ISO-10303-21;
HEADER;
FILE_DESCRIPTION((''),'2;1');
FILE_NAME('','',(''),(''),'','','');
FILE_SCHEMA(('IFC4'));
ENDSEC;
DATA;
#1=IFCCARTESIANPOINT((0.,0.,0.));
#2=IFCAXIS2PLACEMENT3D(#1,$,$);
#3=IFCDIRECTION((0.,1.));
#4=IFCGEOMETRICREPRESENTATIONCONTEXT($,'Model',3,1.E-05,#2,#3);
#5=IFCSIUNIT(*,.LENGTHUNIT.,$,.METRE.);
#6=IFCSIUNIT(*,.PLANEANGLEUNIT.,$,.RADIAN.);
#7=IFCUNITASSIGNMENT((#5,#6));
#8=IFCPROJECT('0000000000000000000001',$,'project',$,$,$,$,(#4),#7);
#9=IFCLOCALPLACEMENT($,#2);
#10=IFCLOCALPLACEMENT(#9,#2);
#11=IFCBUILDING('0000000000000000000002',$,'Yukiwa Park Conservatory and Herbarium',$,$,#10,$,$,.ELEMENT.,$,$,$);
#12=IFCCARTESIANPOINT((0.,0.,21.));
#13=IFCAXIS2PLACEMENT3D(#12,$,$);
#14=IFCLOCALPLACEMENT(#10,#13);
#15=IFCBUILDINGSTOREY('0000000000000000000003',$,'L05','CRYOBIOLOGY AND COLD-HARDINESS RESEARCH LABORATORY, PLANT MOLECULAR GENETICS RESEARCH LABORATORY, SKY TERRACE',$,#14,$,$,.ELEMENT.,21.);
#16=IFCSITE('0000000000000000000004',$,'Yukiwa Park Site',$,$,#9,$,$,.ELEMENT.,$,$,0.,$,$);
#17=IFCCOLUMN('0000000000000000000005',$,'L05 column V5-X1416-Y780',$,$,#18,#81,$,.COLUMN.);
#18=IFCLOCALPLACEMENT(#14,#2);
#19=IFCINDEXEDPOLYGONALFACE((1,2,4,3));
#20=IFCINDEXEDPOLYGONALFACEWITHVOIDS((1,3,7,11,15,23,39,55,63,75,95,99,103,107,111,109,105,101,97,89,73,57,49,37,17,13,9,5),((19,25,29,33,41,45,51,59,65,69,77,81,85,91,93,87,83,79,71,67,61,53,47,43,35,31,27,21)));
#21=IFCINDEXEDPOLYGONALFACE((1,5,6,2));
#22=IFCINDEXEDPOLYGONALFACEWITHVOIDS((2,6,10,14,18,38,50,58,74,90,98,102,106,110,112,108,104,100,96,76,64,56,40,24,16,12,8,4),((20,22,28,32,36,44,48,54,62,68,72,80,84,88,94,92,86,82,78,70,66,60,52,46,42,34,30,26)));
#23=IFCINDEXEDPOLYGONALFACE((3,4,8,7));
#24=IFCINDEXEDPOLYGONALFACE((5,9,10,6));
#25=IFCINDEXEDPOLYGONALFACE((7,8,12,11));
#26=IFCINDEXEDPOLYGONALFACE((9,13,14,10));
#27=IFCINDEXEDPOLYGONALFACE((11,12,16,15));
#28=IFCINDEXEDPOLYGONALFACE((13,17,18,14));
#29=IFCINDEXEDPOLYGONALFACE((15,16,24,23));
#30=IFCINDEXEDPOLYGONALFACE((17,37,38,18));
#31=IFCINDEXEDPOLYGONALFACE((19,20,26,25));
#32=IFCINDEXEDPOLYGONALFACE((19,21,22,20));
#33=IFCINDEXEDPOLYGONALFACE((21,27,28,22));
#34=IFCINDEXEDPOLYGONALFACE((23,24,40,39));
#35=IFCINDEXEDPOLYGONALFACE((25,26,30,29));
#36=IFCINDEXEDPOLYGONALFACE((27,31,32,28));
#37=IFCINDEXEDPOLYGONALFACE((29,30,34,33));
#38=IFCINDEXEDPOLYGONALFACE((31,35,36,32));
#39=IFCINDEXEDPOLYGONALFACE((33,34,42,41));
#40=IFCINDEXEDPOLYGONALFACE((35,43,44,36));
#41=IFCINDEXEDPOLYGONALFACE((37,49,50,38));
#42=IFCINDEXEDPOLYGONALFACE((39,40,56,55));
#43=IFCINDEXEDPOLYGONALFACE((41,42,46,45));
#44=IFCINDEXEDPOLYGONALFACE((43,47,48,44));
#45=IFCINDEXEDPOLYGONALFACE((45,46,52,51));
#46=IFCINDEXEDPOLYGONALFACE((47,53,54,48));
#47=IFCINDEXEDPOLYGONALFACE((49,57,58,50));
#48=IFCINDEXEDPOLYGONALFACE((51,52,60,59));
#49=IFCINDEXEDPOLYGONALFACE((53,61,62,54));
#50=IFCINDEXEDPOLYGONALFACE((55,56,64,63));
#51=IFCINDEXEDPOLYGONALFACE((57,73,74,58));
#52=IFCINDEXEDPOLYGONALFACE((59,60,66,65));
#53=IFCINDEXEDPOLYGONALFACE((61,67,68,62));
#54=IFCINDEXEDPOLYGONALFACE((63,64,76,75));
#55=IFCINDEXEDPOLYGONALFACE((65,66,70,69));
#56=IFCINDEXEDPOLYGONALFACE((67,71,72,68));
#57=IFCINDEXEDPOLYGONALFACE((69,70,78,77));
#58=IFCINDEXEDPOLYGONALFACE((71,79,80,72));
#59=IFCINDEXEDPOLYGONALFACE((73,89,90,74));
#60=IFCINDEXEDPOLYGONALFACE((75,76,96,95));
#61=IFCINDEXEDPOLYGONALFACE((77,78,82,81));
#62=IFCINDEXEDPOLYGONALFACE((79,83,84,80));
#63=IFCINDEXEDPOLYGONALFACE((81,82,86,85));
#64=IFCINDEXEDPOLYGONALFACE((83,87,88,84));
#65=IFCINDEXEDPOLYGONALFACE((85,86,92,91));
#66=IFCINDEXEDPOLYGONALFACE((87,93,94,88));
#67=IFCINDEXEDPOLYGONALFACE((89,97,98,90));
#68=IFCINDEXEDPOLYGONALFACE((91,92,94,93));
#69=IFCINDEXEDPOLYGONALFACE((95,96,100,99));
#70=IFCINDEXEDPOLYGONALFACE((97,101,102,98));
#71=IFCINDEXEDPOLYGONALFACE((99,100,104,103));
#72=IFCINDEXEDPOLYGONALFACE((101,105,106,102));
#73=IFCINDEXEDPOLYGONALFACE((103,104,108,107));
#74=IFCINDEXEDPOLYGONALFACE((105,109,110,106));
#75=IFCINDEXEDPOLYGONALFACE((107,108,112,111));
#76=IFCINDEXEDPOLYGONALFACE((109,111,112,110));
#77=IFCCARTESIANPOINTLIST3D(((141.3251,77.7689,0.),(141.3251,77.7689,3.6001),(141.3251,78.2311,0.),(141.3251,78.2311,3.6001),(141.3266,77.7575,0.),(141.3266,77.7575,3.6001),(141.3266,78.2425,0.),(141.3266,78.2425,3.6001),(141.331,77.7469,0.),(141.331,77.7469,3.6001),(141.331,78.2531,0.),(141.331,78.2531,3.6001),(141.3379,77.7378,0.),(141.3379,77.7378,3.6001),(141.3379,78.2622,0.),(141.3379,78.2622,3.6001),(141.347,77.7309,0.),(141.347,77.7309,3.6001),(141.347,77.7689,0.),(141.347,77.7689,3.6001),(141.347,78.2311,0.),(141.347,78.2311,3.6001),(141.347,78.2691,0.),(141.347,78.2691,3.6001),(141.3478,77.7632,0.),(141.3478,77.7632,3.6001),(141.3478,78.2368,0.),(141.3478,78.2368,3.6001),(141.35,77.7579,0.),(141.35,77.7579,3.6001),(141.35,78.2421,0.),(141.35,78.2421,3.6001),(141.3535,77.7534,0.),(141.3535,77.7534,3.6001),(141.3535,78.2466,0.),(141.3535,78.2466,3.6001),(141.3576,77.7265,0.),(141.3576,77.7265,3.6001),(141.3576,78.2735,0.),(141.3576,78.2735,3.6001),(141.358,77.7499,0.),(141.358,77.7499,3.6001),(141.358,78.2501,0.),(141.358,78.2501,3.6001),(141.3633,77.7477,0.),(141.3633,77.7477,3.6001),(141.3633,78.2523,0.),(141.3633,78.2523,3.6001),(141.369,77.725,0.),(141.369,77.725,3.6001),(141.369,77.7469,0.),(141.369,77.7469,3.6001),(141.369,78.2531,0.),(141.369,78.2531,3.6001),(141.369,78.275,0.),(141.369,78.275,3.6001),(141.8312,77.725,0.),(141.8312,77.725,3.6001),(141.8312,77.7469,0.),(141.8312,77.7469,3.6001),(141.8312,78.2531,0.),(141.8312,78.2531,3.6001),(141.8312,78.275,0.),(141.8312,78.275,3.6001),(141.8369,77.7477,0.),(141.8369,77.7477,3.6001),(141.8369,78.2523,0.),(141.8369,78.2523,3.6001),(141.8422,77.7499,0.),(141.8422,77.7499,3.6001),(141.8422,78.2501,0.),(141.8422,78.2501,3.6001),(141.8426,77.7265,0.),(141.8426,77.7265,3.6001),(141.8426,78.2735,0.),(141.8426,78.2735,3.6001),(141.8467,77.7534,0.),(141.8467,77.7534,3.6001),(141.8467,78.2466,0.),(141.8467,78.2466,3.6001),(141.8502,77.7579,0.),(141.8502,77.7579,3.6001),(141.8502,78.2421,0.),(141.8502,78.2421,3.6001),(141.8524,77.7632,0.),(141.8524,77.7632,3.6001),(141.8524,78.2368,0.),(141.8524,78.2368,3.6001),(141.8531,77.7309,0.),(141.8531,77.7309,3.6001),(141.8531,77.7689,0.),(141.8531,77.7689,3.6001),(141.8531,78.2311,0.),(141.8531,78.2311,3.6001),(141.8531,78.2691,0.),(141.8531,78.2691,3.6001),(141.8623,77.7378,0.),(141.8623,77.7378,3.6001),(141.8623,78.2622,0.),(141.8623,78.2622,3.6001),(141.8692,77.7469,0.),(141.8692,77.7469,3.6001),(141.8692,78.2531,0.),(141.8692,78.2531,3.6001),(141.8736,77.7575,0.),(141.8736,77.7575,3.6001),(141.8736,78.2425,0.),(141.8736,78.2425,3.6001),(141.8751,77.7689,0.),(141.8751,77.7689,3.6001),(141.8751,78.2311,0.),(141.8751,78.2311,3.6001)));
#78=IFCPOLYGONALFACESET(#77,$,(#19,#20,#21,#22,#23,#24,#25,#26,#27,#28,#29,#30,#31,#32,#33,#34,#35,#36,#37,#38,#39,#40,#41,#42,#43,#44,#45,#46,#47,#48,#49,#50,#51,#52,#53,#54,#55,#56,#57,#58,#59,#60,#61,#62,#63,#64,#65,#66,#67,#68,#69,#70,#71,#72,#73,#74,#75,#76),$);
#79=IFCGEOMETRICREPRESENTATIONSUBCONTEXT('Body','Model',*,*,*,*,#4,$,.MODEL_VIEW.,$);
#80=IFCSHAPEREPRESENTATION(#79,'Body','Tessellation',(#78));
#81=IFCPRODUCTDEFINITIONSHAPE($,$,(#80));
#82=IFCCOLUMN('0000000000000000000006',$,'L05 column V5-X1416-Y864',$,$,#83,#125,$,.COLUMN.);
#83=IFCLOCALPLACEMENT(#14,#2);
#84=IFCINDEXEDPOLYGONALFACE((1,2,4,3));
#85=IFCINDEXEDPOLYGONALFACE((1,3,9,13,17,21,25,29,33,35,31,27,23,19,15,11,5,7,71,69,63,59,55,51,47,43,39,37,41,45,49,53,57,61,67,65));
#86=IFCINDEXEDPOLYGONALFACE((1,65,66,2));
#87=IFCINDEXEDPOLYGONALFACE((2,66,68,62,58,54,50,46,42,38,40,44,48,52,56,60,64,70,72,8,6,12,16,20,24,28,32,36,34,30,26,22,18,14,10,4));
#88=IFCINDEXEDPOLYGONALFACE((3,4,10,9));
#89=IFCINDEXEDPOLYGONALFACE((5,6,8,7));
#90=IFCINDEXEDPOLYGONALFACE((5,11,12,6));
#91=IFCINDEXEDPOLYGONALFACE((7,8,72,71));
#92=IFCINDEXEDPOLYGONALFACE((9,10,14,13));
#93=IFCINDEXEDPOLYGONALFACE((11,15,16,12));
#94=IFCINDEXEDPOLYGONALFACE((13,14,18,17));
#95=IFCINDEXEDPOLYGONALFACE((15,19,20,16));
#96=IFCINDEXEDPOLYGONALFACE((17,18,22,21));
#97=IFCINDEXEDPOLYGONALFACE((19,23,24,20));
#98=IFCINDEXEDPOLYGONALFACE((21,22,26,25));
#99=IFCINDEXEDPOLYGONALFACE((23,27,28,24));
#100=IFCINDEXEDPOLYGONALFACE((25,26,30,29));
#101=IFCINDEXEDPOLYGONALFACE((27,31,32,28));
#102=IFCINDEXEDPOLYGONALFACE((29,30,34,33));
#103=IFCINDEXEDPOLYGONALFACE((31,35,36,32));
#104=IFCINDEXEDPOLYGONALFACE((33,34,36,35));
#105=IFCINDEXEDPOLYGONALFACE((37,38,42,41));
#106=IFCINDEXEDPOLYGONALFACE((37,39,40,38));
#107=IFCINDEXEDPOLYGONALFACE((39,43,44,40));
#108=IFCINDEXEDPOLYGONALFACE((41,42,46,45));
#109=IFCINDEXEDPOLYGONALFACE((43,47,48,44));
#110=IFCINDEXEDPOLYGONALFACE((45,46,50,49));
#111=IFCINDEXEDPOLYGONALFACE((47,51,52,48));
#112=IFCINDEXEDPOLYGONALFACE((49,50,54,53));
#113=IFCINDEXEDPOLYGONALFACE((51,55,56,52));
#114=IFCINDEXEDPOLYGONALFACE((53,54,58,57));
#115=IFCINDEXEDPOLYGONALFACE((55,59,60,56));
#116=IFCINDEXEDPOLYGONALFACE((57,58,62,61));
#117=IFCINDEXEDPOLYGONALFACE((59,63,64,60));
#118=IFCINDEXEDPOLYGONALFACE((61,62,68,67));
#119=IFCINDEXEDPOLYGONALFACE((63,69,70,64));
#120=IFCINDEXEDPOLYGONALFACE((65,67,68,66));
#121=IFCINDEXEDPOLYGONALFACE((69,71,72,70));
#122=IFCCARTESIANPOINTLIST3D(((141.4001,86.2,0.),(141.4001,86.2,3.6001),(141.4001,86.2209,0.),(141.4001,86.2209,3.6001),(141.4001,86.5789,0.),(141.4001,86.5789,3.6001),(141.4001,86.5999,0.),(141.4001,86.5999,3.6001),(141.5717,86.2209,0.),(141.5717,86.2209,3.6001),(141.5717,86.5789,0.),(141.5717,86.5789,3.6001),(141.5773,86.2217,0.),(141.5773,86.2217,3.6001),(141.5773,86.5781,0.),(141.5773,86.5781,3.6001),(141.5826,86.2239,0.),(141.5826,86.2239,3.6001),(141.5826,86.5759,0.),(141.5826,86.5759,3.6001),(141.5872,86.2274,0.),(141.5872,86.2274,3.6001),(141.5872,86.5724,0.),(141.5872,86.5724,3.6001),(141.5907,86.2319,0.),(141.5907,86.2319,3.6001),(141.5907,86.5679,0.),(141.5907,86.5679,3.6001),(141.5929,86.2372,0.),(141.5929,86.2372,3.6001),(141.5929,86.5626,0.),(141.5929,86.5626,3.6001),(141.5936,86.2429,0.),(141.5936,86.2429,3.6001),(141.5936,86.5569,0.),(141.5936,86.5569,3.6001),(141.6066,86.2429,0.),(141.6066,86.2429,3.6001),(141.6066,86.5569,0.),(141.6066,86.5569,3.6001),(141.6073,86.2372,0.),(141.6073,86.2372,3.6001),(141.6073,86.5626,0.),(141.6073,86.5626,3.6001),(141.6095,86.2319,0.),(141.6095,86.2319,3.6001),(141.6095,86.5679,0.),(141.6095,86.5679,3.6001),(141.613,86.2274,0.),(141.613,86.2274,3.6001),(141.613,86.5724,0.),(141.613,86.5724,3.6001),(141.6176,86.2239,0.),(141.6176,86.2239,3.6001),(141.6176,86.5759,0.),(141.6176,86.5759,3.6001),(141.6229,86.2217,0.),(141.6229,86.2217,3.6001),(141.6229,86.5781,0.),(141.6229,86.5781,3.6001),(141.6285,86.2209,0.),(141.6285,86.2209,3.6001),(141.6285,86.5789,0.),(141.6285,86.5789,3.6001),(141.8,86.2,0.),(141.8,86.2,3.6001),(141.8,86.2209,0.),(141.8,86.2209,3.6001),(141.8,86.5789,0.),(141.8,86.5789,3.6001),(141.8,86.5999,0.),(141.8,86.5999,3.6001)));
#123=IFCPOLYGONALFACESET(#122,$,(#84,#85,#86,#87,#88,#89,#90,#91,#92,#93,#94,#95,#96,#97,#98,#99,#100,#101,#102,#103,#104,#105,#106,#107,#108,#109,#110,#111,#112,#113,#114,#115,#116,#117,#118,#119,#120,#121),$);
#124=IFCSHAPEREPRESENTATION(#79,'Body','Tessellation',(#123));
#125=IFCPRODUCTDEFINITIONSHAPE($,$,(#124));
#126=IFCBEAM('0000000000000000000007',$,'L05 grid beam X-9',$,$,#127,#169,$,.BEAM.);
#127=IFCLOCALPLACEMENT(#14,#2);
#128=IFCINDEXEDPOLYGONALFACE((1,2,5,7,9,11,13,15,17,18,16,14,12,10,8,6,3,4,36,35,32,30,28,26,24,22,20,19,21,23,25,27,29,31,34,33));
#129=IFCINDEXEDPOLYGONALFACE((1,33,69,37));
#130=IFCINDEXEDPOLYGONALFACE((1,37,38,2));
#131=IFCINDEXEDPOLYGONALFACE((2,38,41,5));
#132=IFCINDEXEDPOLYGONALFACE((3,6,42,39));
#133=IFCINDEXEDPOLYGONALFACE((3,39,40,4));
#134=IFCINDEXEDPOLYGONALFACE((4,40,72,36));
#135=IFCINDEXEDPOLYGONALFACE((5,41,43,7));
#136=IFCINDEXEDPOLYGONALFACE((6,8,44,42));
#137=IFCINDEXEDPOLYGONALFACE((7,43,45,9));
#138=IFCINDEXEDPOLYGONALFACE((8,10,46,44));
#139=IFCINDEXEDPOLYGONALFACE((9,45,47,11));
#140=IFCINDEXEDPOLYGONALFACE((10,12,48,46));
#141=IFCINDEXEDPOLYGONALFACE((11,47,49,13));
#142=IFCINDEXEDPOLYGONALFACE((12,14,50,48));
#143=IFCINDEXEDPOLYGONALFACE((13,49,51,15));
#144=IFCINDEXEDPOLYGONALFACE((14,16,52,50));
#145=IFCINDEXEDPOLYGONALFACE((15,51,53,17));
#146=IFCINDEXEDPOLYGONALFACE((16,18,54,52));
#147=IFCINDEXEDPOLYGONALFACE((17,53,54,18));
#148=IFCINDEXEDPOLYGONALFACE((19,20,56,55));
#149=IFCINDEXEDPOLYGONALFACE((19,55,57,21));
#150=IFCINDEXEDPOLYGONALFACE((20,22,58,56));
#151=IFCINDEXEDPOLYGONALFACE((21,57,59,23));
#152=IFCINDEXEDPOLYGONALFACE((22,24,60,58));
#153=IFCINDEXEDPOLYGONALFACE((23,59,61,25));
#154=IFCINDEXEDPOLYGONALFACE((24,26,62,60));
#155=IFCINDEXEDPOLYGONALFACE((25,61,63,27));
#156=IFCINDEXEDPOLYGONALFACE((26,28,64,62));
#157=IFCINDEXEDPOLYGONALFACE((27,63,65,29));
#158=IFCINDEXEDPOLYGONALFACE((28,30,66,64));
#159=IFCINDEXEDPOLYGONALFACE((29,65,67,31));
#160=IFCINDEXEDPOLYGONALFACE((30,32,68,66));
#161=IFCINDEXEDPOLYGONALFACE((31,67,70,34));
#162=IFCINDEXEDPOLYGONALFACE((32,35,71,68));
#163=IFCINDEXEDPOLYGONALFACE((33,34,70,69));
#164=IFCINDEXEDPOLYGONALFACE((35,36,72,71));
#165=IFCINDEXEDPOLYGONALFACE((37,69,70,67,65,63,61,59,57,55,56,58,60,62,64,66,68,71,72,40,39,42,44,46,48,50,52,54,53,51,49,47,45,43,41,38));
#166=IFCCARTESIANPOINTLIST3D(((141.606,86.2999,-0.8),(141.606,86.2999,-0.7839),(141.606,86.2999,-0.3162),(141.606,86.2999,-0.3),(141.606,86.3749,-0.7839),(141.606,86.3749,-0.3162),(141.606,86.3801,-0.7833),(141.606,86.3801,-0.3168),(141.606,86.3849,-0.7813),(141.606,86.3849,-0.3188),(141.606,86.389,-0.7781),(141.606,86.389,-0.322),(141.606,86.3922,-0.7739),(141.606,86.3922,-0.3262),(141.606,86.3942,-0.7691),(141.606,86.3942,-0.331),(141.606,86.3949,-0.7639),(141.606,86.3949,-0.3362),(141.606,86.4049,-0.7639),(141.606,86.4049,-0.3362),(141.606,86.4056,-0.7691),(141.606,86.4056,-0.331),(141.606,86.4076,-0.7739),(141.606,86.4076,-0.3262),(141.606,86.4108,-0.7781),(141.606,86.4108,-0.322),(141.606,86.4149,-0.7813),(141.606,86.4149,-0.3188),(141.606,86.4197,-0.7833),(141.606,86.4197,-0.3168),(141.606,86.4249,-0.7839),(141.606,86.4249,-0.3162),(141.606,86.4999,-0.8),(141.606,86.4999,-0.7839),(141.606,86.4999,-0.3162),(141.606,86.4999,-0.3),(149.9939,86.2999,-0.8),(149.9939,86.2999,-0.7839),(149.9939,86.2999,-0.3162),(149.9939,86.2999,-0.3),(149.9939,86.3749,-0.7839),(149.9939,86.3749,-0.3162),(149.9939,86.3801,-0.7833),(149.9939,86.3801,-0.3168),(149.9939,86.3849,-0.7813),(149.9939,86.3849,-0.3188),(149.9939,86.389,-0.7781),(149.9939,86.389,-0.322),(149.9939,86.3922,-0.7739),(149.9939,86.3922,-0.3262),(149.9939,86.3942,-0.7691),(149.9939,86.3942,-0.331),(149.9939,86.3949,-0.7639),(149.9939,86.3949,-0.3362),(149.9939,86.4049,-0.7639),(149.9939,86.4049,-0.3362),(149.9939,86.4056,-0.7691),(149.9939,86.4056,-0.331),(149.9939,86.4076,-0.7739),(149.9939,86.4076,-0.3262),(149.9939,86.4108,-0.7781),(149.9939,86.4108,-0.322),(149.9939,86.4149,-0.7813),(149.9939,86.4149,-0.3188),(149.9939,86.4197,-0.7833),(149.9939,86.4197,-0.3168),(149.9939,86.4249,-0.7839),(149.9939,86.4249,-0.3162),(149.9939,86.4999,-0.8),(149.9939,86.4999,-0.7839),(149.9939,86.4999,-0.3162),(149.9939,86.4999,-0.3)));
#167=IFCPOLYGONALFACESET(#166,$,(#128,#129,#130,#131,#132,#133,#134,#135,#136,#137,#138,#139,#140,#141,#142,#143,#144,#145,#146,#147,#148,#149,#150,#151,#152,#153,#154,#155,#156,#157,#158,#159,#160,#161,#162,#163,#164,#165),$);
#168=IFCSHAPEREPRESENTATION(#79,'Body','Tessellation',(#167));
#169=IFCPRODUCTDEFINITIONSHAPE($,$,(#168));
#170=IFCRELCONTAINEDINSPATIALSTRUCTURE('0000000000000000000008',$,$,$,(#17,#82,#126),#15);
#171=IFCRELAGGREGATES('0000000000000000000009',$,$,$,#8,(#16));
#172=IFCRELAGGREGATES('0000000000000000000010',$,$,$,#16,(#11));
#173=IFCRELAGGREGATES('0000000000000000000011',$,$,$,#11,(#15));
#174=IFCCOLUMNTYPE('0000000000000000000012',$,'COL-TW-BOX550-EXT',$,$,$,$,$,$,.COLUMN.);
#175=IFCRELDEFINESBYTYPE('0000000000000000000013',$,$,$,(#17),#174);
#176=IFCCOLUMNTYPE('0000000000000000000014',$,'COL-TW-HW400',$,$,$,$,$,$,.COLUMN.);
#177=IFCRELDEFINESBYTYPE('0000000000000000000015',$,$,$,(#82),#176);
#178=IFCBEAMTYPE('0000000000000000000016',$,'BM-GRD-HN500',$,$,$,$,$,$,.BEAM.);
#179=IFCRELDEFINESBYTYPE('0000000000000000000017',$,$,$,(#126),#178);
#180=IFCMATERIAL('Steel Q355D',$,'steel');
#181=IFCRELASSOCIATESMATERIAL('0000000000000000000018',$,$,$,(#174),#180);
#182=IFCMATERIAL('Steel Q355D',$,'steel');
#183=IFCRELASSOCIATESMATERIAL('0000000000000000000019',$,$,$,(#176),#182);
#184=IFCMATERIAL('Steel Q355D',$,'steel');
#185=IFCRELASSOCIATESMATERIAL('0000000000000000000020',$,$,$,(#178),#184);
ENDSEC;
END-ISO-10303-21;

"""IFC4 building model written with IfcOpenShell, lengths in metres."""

from ifc_helpers import new_model, si_unit, direction, frame, origin, origin_2d, place, context, subcontext, project, spatial, hollow_rectangle, i_section, extrude, material, material_profile, profile_set, type_object, element, save


model = new_model("IFC4")

# Units and contexts
model_context = context("Model", 3, precision=1e-05, world=origin(), true_north=direction((0.0, 1.0)))
body_context = subcontext(model_context, "Body", "Model", "MODEL_VIEW")
ifc_project = project(units=[si_unit("LENGTHUNIT", "METRE"), si_unit("PLANEANGLEUNIT", "RADIAN")], contexts=[model_context])

# Site, building, storey
site_placement = place(None, origin())
site = spatial("IfcSite", under=ifc_project, at=site_placement, Name="Yukiwa Park Site", CompositionType="ELEMENT", RefElevation=0.0)
building_placement = place(site_placement, origin())
building = spatial("IfcBuilding", under=site, at=building_placement, Name="Yukiwa Park Conservatory and Herbarium", CompositionType="ELEMENT")
storey_placement = place(building_placement, frame((0.0, 0.0, 21.0)))
storey = spatial("IfcBuildingStorey", under=building, at=storey_placement, Name="L05", Description="CRYOBIOLOGY AND COLD-HARDINESS RESEARCH LABORATORY, PLANT MOLECULAR GENETICS RESEARCH LABORATORY, SKY TERRACE", CompositionType="ELEMENT", Elevation=21.0)

# Columns
ifc_material_1 = material(Name="Steel Q355D", Category="steel")
ifc_material_profile_1 = material_profile(ifc_material_1, hollow_rectangle(XDim=0.55, YDim=0.55, WallThickness=0.022, InnerFilletRadius=0.022, OuterFilletRadius=0.0439, at=origin_2d()), Name="BOX 550x550x22")
ifc_profile_set_1 = profile_set([ifc_material_profile_1], Name="Steel Q355D")
column_type_1 = type_object("IfcColumnType", Name="COL-TW-BOX550-EXT", PredefinedType="COLUMN", material=ifc_profile_set_1)
column_1_placement = place(storey_placement, frame((141.6001, 78.0, 0.0), z_axis=(0.0, 0.0, 1.0), x_axis=(1.0, 0.0, 0.0)))
element("IfcColumn", 1, at=column_1_placement, inside=storey, type_object=column_type_1, Name="L05 column V5-X1416-Y780", PredefinedType="COLUMN", context=body_context, shape_type="SweptSolid", body=[
    extrude(hollow_rectangle(XDim=0.55, YDim=0.55, WallThickness=0.022, InnerFilletRadius=0.022, OuterFilletRadius=0.0439, at=origin_2d()), origin(), (0.0, 0.0, 1.0), 3.6001),
])
ifc_material_2 = material(Name="Steel Q355D", Category="steel")
ifc_material_profile_2 = material_profile(ifc_material_2, i_section(OverallWidth=0.3999, OverallDepth=0.3999, WebThickness=0.0129, FlangeThickness=0.021, FilletRadius=0.022, at=origin_2d()), Name="HW 400x400x13x21")
ifc_profile_set_2 = profile_set([ifc_material_profile_2], Name="Steel Q355D")
column_type_2 = type_object("IfcColumnType", Name="COL-TW-HW400", PredefinedType="COLUMN", material=ifc_profile_set_2)
column_2_placement = place(storey_placement, frame((141.6001, 86.3999, 0.0), z_axis=(0.0, 0.0, 1.0), x_axis=(1.0, 0.0, 0.0)))
element("IfcColumn", 2, at=column_2_placement, inside=storey, type_object=column_type_2, Name="L05 column V5-X1416-Y864", PredefinedType="COLUMN", context=body_context, shape_type="SweptSolid", body=[
    extrude(i_section(OverallWidth=0.3999, OverallDepth=0.3999, WebThickness=0.0129, FlangeThickness=0.021, FilletRadius=0.022, at=origin_2d()), origin(), (0.0, 0.0, 1.0), 3.6001),
])

# Beam
ifc_material_3 = material(Name="Steel Q355D", Category="steel")
ifc_material_profile_3 = material_profile(ifc_material_3, i_section(OverallWidth=0.2, OverallDepth=0.5, WebThickness=0.01, FlangeThickness=0.0161, FilletRadius=0.02, at=origin_2d()), Name="HN 500x200x10x16")
ifc_profile_set_3 = profile_set([ifc_material_profile_3], Name="Steel Q355D")
beam_type_1 = type_object("IfcBeamType", Name="BM-GRD-HN500", PredefinedType="BEAM", material=ifc_profile_set_3)
for number, where, z_axis, x_axis, name in (
    (3, (141.606, 86.3999, -0.55), (1.0, 0.0, 0.0), (0.0, 1.0, 0.0), "L05 grid beam X-9"),
):
    element("IfcBeam", number, at=place(storey_placement, frame(where, z_axis=z_axis, x_axis=x_axis)), inside=storey, type_object=beam_type_1, Name=name, PredefinedType="BEAM", context=body_context, shape_type="SweptSolid", body=[
        extrude(i_section(OverallWidth=0.2, OverallDepth=0.5, WebThickness=0.01, FlangeThickness=0.0161, FilletRadius=0.02, at=origin_2d()), origin(), (0.0, 0.0, 1.0), 8.3879),
    ])

save(model, "model.ifc")
